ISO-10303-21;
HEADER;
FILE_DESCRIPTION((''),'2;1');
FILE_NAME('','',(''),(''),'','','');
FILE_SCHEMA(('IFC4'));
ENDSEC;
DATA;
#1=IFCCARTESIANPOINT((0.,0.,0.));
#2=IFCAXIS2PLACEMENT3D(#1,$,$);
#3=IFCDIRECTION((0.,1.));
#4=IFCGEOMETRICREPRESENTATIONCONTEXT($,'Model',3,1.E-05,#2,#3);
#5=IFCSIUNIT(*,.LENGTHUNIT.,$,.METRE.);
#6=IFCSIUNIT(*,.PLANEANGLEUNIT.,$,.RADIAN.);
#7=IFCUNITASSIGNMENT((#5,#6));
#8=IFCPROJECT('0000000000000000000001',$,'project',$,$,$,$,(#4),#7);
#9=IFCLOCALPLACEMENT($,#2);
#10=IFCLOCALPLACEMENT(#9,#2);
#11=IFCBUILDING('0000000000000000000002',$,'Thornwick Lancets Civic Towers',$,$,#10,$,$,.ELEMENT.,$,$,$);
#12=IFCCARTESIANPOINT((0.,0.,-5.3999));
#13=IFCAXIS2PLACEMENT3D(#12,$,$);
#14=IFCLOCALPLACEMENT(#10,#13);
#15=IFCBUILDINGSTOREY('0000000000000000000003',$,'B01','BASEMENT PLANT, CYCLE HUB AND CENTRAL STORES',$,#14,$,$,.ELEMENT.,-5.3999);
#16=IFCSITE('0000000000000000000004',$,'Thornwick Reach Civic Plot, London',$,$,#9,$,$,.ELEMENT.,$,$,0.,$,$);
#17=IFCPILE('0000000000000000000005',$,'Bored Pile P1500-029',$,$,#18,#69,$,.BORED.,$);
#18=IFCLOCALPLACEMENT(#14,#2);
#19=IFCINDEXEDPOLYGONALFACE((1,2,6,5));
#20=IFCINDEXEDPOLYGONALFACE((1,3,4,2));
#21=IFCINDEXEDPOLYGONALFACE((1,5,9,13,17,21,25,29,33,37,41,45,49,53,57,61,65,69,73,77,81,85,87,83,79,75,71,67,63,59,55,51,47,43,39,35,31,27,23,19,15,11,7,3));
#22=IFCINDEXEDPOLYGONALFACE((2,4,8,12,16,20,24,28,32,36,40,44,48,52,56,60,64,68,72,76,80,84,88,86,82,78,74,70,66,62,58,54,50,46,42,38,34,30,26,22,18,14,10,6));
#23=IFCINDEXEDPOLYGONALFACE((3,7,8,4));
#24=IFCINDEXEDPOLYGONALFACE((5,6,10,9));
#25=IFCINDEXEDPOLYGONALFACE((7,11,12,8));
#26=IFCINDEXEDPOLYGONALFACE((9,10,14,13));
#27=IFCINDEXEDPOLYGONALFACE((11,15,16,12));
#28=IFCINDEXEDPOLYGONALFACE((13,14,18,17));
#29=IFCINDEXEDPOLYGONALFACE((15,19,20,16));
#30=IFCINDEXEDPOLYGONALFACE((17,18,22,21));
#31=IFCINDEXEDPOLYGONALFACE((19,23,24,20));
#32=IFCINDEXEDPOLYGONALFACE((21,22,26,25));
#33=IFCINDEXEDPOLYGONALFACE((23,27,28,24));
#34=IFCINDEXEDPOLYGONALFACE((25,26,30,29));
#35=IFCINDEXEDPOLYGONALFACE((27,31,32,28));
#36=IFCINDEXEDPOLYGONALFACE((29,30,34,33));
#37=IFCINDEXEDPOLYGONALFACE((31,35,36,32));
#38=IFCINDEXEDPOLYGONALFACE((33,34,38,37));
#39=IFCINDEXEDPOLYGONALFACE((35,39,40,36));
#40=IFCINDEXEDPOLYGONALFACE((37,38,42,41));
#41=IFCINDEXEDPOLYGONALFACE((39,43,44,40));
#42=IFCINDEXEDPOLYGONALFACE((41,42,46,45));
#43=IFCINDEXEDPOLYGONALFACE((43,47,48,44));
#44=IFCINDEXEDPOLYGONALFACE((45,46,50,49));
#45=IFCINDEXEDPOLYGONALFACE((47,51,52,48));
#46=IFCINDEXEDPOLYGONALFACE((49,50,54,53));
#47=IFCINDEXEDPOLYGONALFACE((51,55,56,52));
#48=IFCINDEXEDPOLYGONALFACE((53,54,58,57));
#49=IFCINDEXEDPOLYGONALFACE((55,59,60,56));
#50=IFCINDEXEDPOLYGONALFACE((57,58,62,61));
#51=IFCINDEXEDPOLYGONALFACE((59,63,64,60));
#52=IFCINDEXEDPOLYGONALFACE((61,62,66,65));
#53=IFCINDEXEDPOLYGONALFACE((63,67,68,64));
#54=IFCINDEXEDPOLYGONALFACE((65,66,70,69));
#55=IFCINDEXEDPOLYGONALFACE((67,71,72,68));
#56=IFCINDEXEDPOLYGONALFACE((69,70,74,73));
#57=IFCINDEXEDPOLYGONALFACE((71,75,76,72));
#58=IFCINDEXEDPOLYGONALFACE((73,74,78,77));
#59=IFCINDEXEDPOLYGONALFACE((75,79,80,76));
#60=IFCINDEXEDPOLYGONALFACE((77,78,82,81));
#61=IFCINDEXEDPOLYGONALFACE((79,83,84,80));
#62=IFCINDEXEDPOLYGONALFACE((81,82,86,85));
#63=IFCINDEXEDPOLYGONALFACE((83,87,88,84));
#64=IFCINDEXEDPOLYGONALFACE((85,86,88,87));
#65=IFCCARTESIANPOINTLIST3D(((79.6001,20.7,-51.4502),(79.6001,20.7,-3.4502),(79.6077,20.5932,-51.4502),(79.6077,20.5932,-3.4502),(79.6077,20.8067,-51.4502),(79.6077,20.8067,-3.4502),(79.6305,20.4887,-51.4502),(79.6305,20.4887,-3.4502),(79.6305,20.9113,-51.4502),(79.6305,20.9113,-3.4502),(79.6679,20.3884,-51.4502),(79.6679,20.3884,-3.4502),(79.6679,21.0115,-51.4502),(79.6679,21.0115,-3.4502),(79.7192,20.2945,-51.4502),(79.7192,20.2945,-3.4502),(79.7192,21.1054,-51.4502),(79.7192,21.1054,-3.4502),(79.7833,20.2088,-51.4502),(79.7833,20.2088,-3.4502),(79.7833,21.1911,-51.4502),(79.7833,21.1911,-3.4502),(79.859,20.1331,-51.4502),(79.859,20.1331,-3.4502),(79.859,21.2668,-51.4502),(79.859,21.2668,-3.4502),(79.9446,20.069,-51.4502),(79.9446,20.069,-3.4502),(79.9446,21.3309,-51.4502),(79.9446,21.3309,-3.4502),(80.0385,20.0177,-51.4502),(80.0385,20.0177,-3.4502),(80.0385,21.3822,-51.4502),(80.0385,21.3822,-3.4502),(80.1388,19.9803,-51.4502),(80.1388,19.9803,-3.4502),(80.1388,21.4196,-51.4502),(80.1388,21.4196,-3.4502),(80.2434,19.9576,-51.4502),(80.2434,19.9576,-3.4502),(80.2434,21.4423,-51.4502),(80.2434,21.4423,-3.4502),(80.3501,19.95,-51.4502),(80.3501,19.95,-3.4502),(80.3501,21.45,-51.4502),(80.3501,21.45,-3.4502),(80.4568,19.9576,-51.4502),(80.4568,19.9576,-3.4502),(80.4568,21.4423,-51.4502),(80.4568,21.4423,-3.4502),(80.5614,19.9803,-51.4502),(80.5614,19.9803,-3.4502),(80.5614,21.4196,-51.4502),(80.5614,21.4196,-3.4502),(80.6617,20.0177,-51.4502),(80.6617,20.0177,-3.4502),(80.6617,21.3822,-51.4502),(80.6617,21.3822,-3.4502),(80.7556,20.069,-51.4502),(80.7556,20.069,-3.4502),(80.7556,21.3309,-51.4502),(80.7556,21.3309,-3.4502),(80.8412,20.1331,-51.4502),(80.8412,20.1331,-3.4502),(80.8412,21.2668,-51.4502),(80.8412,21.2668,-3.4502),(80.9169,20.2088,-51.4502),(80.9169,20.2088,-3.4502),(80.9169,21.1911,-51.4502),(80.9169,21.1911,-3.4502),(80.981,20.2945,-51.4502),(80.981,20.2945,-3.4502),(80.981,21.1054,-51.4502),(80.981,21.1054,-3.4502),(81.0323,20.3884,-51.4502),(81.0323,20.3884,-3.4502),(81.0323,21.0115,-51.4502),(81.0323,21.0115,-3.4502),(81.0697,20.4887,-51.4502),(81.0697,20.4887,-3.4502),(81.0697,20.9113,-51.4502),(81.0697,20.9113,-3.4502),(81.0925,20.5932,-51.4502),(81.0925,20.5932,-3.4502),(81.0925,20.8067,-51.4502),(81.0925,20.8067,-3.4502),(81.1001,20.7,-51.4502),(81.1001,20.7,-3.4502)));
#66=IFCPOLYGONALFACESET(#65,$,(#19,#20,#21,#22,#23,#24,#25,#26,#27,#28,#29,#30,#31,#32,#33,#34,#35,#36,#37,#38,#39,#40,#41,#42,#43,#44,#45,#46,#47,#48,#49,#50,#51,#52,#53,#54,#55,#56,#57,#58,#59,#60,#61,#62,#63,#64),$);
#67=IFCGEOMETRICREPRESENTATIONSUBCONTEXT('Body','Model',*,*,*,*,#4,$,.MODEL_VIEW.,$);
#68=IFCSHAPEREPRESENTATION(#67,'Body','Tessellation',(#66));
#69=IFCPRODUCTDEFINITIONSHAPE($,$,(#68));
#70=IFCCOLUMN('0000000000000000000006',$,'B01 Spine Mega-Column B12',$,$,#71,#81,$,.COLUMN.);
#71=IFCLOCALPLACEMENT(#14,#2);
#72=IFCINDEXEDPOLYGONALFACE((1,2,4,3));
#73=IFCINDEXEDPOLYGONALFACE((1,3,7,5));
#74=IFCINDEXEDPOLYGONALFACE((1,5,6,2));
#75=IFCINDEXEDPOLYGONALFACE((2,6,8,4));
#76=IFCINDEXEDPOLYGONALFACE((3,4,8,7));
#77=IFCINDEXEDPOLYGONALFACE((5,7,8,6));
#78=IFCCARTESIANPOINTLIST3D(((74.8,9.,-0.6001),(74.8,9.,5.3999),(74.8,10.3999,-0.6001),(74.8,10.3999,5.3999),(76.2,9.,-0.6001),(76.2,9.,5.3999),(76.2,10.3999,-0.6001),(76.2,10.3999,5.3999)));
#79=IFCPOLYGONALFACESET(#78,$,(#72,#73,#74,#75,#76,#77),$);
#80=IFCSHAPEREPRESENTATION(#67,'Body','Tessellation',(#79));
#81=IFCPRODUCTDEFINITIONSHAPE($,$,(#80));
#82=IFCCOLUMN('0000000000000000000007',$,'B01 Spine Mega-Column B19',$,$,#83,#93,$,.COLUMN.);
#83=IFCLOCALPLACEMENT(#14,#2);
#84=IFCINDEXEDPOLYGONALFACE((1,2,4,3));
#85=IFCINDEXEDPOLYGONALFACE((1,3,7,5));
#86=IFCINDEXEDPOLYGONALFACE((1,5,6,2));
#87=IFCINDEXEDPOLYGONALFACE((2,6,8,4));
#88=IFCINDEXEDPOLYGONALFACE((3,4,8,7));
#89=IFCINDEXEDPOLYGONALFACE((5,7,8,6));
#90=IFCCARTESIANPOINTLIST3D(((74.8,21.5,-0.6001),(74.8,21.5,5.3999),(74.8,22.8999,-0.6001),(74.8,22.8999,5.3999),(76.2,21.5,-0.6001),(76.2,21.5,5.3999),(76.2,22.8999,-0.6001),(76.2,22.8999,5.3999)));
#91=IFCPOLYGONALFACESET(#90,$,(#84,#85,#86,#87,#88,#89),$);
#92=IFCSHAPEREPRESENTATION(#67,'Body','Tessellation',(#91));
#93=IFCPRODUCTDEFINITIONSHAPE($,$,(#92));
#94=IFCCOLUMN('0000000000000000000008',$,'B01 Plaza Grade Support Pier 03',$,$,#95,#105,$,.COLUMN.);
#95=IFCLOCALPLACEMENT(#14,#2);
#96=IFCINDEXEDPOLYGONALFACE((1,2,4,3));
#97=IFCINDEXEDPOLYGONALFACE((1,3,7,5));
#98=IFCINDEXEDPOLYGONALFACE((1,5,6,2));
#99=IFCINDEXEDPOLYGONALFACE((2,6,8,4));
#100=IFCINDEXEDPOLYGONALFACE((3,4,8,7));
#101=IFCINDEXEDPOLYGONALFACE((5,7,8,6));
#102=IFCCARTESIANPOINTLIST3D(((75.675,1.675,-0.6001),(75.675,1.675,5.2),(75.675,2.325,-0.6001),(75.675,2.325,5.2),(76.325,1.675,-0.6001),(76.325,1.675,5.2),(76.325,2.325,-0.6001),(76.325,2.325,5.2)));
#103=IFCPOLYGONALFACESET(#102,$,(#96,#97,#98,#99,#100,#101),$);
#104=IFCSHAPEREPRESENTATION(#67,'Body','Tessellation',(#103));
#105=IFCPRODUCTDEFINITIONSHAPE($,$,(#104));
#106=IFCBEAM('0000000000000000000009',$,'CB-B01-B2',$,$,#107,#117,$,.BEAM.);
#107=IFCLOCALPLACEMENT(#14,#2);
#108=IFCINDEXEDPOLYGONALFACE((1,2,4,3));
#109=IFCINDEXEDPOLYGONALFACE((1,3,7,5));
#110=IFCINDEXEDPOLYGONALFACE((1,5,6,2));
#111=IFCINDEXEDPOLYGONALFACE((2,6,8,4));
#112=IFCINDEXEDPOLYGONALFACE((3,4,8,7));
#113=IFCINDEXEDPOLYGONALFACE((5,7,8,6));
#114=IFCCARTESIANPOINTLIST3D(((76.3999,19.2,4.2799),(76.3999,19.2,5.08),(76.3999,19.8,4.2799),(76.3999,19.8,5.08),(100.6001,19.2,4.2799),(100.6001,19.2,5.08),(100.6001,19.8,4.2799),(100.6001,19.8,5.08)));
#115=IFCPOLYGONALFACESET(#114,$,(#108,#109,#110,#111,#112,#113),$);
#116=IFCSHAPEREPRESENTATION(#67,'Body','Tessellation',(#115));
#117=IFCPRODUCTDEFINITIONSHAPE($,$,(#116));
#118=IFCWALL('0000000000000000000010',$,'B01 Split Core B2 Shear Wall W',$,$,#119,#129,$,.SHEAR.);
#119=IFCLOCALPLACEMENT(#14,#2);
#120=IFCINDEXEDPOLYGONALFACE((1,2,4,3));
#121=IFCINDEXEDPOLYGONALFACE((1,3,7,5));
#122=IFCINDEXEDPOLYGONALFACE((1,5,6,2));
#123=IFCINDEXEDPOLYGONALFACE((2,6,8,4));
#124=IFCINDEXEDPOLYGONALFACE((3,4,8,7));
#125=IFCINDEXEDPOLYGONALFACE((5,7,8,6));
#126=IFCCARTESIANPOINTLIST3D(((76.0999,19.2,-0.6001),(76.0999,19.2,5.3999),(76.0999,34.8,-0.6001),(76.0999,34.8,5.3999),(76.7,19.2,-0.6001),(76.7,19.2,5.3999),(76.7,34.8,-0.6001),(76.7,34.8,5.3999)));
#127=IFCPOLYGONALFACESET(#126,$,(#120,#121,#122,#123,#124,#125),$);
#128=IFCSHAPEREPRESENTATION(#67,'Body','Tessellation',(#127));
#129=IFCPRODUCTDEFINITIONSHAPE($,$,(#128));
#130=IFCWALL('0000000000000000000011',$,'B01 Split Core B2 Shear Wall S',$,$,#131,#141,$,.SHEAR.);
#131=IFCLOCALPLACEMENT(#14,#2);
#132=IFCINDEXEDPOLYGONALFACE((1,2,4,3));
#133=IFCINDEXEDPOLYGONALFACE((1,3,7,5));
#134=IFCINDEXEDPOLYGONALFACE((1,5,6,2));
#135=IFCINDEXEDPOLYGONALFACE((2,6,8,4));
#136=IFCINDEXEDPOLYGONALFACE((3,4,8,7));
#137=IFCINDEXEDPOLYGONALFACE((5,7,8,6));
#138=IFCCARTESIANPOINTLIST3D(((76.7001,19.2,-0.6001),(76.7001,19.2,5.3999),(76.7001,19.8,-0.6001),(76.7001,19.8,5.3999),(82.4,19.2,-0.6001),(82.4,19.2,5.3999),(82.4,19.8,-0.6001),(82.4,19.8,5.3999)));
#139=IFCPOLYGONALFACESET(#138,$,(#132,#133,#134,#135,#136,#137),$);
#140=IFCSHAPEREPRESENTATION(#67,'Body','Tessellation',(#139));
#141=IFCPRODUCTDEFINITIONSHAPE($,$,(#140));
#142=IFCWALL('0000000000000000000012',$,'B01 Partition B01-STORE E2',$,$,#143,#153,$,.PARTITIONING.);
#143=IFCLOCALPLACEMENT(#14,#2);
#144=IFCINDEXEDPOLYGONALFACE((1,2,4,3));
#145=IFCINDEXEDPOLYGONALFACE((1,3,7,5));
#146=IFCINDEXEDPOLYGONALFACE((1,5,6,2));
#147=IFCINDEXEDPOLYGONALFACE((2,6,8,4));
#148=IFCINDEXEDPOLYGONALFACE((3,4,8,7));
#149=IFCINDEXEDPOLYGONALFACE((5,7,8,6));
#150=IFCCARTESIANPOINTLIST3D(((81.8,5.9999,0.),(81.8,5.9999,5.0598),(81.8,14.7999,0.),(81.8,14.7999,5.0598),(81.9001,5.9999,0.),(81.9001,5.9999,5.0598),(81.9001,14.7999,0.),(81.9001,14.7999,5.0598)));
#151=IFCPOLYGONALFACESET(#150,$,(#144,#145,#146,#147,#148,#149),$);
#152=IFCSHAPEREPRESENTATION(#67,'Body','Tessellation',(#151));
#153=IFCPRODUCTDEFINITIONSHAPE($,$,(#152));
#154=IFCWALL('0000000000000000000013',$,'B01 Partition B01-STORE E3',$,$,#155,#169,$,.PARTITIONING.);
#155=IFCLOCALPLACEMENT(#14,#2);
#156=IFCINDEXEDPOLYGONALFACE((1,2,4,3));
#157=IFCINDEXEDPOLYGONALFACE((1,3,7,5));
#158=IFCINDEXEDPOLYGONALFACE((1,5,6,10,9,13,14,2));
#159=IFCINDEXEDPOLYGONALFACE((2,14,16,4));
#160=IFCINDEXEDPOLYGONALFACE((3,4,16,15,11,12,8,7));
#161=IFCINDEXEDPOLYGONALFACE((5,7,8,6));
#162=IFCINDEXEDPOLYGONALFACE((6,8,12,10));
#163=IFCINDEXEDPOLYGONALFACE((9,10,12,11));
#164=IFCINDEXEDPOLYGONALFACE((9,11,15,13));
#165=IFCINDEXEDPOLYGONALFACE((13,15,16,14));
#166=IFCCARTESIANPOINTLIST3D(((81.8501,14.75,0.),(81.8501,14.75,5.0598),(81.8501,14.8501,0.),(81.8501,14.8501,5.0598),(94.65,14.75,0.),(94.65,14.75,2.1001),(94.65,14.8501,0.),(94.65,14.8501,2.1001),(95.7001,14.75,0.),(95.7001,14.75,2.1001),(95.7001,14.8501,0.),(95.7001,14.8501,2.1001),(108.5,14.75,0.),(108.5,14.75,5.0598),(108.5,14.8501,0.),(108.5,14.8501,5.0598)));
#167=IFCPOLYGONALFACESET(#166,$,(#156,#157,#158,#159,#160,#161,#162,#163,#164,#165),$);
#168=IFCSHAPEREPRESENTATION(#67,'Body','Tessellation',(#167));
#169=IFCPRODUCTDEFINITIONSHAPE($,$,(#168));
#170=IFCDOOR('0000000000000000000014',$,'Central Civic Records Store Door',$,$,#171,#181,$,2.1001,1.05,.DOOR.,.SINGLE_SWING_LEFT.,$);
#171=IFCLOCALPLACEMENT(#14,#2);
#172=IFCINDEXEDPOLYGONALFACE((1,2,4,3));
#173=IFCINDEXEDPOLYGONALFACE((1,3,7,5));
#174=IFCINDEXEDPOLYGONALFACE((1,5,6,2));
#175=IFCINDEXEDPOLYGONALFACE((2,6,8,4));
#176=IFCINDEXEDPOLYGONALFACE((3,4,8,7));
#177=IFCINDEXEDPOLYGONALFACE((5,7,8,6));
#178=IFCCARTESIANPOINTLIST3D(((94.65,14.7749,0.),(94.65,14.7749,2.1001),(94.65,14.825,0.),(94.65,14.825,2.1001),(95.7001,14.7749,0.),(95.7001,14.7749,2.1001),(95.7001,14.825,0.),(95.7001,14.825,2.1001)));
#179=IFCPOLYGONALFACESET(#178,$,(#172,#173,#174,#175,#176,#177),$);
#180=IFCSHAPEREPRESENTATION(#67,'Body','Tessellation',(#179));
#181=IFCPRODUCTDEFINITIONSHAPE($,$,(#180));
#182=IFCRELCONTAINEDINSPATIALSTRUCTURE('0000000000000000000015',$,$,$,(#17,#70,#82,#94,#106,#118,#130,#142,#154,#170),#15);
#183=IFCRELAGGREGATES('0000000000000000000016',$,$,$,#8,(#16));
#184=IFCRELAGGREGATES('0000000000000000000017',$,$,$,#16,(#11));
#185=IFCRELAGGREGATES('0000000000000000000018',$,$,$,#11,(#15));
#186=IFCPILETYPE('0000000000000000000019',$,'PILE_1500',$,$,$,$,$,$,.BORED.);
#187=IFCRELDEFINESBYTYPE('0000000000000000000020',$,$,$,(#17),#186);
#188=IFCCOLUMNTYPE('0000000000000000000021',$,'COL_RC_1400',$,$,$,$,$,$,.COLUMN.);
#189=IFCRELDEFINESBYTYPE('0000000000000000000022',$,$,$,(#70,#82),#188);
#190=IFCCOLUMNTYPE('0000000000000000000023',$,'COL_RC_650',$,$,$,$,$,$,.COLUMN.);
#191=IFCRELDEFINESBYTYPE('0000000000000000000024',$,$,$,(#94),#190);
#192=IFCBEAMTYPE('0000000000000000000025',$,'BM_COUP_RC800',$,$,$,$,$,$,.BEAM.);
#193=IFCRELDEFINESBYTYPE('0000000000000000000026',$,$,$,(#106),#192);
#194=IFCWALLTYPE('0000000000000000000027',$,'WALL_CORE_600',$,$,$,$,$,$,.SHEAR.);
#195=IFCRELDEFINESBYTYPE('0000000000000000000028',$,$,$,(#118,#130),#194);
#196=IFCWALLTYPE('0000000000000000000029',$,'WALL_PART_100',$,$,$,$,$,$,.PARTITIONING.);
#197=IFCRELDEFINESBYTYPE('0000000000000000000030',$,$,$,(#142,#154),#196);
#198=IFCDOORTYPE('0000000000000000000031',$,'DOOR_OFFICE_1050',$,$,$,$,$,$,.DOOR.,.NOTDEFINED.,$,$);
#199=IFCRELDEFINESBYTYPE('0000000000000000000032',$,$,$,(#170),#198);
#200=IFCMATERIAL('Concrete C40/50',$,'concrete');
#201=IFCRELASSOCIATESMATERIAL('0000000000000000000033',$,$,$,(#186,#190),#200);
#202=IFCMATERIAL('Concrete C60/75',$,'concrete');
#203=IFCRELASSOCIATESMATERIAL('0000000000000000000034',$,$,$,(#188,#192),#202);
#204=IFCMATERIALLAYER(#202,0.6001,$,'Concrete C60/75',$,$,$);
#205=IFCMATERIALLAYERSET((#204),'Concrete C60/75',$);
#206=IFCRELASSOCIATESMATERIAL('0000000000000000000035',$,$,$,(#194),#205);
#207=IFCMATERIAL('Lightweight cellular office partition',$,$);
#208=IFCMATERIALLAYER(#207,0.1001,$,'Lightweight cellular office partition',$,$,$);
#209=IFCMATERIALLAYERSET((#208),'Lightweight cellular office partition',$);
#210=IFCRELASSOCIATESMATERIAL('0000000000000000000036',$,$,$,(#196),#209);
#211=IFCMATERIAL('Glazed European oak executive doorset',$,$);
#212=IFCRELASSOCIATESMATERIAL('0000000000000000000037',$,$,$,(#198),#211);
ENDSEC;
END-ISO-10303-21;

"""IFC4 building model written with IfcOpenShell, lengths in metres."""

from ifc_helpers import new_model, si_unit, direction, frame, frame_2d, origin, origin_2d, place, context, subcontext, project, spatial, rectangle, circle, extrude, material, layer, layer_set, material_profile, profile_set, type_object, element, fill, save


model = new_model("IFC4")

# Units and contexts
model_context = context("Model", 3, precision=1e-05, world=origin(), true_north=direction((0.0, 1.0)))
body_context = subcontext(model_context, "Body", "Model", "MODEL_VIEW")
ifc_project = project(units=[si_unit("LENGTHUNIT", "METRE"), si_unit("PLANEANGLEUNIT", "RADIAN")], contexts=[model_context])

# Site, building, storey
site_placement = place(None, origin())
site = spatial("IfcSite", under=ifc_project, at=site_placement, Name="Thornwick Reach Civic Plot, London", CompositionType="ELEMENT", RefElevation=0.0)
building_placement = place(site_placement, origin())
building = spatial("IfcBuilding", under=site, at=building_placement, Name="Thornwick Lancets Civic Towers", CompositionType="ELEMENT")
storey_placement = place(building_placement, frame((0.0, 0.0, -5.3999)))
storey = spatial("IfcBuildingStorey", under=building, at=storey_placement, Name="B01", Description="BASEMENT PLANT, CYCLE HUB AND CENTRAL STORES", CompositionType="ELEMENT", Elevation=-5.3999)

# Shared definitions
ifc_material_1 = material(Name="Concrete C40/50", Category="concrete")

# Pile
ifc_material_profile_1 = material_profile(ifc_material_1, circle(Radius=0.75, at=origin_2d()), Name="PILE D1500")
ifc_profile_set_1 = profile_set([ifc_material_profile_1], Name="Concrete C40/50")
pile_type_1 = type_object("IfcPileType", Name="PILE_1500", PredefinedType="BORED", material=ifc_profile_set_1)
for number, where, z_axis, x_axis, name in (
    (1, (80.3501, 20.7, -3.4502), (0.0, 0.0, -1.0), (1.0, 0.0, 0.0), "Bored Pile P1500-029"),
):
    element("IfcPile", number, at=place(storey_placement, frame(where, z_axis=z_axis, x_axis=x_axis)), inside=storey, type_object=pile_type_1, Name=name, PredefinedType="BORED", context=body_context, shape_type="SweptSolid", body=[
        extrude(circle(Radius=0.75, at=origin_2d()), origin(), (0.0, 0.0, 1.0), 48.0),
    ])

# Columns
ifc_material_2 = material(Name="Concrete C60/75", Category="concrete")
ifc_material_profile_2 = material_profile(ifc_material_2, rectangle(XDim=1.3999, YDim=1.3999, at=origin_2d()), Name="RC 1400x1400")
ifc_profile_set_2 = profile_set([ifc_material_profile_2], Name="Concrete C60/75")
column_type_1 = type_object("IfcColumnType", Name="COL_RC_1400", PredefinedType="COLUMN", material=ifc_profile_set_2)
for number, where, z_axis, x_axis, name in (
    (2, (75.5, 9.7, -0.6001), (0.0, 0.0, 1.0), (1.0, 0.0, 0.0), "B01 Spine Mega-Column B12"),
    (3, (75.5, 22.2, -0.6001), (0.0, 0.0, 1.0), (1.0, 0.0, 0.0), "B01 Spine Mega-Column B19"),
):
    element("IfcColumn", number, at=place(storey_placement, frame(where, z_axis=z_axis, x_axis=x_axis)), inside=storey, type_object=column_type_1, Name=name, PredefinedType="COLUMN", context=body_context, shape_type="SweptSolid", body=[
        extrude(rectangle(XDim=1.3999, YDim=1.3999, at=origin_2d()), origin(), (0.0, 0.0, 1.0), 6.0),
    ])
ifc_material_profile_3 = material_profile(ifc_material_1, rectangle(XDim=0.6499, YDim=0.6499, at=origin_2d()), Name="RC 650x650")
ifc_profile_set_3 = profile_set([ifc_material_profile_3], Name="Concrete C40/50")
column_type_2 = type_object("IfcColumnType", Name="COL_RC_650", PredefinedType="COLUMN", material=ifc_profile_set_3)
column_placement = place(storey_placement, frame((76.0, 2.0, -0.6001), z_axis=(0.0, 0.0, 1.0), x_axis=(1.0, 0.0, 0.0)))
element("IfcColumn", 4, at=column_placement, inside=storey, type_object=column_type_2, Name="B01 Plaza Grade Support Pier 03", PredefinedType="COLUMN", context=body_context, shape_type="SweptSolid", body=[
    extrude(rectangle(XDim=0.6499, YDim=0.6499, at=origin_2d()), origin(), (0.0, 0.0, 1.0), 5.8),
])

# Beam
ifc_material_profile_4 = material_profile(ifc_material_2, rectangle(XDim=0.6001, YDim=0.8, at=origin_2d()), Name="RC 600x800")
ifc_profile_set_4 = profile_set([ifc_material_profile_4], Name="Concrete C60/75")
beam_type = type_object("IfcBeamType", Name="BM_COUP_RC800", PredefinedType="BEAM", material=ifc_profile_set_4)
beam_placement = place(storey_placement, frame((76.3999, 19.5, 4.6799), z_axis=(1.0, 0.0, 0.0), x_axis=(0.0, 1.0, 0.0)))
element("IfcBeam", 5, at=beam_placement, inside=storey, type_object=beam_type, Name="CB-B01-B2", PredefinedType="BEAM", context=body_context, shape_type="SweptSolid", body=[
    extrude(rectangle(XDim=0.6001, YDim=0.8, at=origin_2d()), origin(), (0.0, 0.0, 1.0), 24.2002),
])

# Walls
ifc_layer_1 = layer(ifc_material_2, 0.6001, Name="Concrete C60/75")
ifc_layer_set_1 = layer_set([ifc_layer_1], Name="Concrete C60/75")
wall_type_1 = type_object("IfcWallType", Name="WALL_CORE_600", PredefinedType="SHEAR", material=ifc_layer_set_1)
wall_1_placement = place(storey_placement, frame((76.3999, 19.2, -0.6001), z_axis=(0.0, 0.0, 1.0), x_axis=(0.0, 1.0, 0.0)))
element("IfcWall", 6, at=wall_1_placement, inside=storey, type_object=wall_type_1, Name="B01 Split Core B2 Shear Wall W", PredefinedType="SHEAR", context=body_context, shape_type="SweptSolid", body=[
    extrude(rectangle(XDim=15.6001, YDim=0.6001, at=frame_2d((7.8, 0.0))), origin(), (0.0, 0.0, 1.0), 6.0),
])
wall_2_placement = place(storey_placement, frame((76.7, 19.5, -0.6001), z_axis=(0.0, 0.0, 1.0), x_axis=(1.0, 0.0, 0.0)))
element("IfcWall", 7, at=wall_2_placement, inside=storey, type_object=wall_type_1, Name="B01 Split Core B2 Shear Wall S", PredefinedType="SHEAR", context=body_context, shape_type="SweptSolid", body=[
    extrude(rectangle(XDim=5.7, YDim=0.6001, at=frame_2d((2.8501, 0.0))), origin(), (0.0, 0.0, 1.0), 6.0),
])
ifc_material_3 = material(Name="Lightweight cellular office partition")
ifc_layer_2 = layer(ifc_material_3, 0.1001, Name="Lightweight cellular office partition")
ifc_layer_set_2 = layer_set([ifc_layer_2], Name="Lightweight cellular office partition")
wall_type_2 = type_object("IfcWallType", Name="WALL_PART_100", PredefinedType="PARTITIONING", material=ifc_layer_set_2)
wall_3_placement = place(storey_placement, frame((81.8501, 6.0, 0.0), z_axis=(0.0, 0.0, 1.0), x_axis=(0.0, 1.0, 0.0)))
element("IfcWall", 8, at=wall_3_placement, inside=storey, type_object=wall_type_2, Name="B01 Partition B01-STORE E2", PredefinedType="PARTITIONING", context=body_context, shape_type="SweptSolid", body=[
    extrude(rectangle(XDim=8.8, YDim=0.1001, at=frame_2d((4.3999, 0.0))), origin(), (0.0, 0.0, 1.0), 5.0598),
])

# Wall, opening, door
wall_4_placement = place(storey_placement, frame((81.8501, 14.8, 0.0), z_axis=(0.0, 0.0, 1.0), x_axis=(1.0, 0.0, 0.0)))
wall_4 = element("IfcWall", 9, at=wall_4_placement, inside=storey, type_object=wall_type_2, Name="B01 Partition B01-STORE E3", PredefinedType="PARTITIONING", context=body_context, shape_type="SweptSolid", body=[
    extrude(rectangle(XDim=26.6499, YDim=0.1001, at=frame_2d((13.325, 0.0))), origin(), (0.0, 0.0, 1.0), 5.0598),
])
opening_placement = place(wall_4_placement, frame((12.8, 0.0, 0.0)))
opening = element("IfcOpeningElement", 10, at=opening_placement, cuts=wall_4, PredefinedType="OPENING", context=body_context, shape_type="SweptSolid", body=[
    extrude(rectangle(XDim=1.05, YDim=2.1001, at=frame_2d((0.5249, 1.05))), frame((0.0, 0.0601, 0.0), z_axis=(0.0, -1.0, 0.0), x_axis=(1.0, 0.0, 0.0)), (0.0, 0.0, 1.0), 0.1201),
])
ifc_material_4 = material(Name="Glazed European oak executive doorset")
door_type = type_object("IfcDoorType", Name="DOOR_OFFICE_1050", OperationType="NOTDEFINED", PredefinedType="DOOR", material=ifc_material_4)
door_placement = place(opening_placement, origin())
door = element("IfcDoor", 11, at=door_placement, inside=storey, type_object=door_type, Name="Central Civic Records Store Door", OperationType="SINGLE_SWING_LEFT", OverallHeight=2.1001, OverallWidth=1.05, PredefinedType="DOOR", context=body_context, shape_type="SweptSolid", body=[
    extrude(rectangle(XDim=1.05, YDim=2.1001, at=frame_2d((0.5249, 1.05))), frame((0.0, 0.0249, 0.0), z_axis=(0.0, -1.0, 0.0), x_axis=(1.0, 0.0, 0.0)), (0.0, 0.0, 1.0), 0.05),
])
fill(opening, door)

save(model, "model.ifc")
